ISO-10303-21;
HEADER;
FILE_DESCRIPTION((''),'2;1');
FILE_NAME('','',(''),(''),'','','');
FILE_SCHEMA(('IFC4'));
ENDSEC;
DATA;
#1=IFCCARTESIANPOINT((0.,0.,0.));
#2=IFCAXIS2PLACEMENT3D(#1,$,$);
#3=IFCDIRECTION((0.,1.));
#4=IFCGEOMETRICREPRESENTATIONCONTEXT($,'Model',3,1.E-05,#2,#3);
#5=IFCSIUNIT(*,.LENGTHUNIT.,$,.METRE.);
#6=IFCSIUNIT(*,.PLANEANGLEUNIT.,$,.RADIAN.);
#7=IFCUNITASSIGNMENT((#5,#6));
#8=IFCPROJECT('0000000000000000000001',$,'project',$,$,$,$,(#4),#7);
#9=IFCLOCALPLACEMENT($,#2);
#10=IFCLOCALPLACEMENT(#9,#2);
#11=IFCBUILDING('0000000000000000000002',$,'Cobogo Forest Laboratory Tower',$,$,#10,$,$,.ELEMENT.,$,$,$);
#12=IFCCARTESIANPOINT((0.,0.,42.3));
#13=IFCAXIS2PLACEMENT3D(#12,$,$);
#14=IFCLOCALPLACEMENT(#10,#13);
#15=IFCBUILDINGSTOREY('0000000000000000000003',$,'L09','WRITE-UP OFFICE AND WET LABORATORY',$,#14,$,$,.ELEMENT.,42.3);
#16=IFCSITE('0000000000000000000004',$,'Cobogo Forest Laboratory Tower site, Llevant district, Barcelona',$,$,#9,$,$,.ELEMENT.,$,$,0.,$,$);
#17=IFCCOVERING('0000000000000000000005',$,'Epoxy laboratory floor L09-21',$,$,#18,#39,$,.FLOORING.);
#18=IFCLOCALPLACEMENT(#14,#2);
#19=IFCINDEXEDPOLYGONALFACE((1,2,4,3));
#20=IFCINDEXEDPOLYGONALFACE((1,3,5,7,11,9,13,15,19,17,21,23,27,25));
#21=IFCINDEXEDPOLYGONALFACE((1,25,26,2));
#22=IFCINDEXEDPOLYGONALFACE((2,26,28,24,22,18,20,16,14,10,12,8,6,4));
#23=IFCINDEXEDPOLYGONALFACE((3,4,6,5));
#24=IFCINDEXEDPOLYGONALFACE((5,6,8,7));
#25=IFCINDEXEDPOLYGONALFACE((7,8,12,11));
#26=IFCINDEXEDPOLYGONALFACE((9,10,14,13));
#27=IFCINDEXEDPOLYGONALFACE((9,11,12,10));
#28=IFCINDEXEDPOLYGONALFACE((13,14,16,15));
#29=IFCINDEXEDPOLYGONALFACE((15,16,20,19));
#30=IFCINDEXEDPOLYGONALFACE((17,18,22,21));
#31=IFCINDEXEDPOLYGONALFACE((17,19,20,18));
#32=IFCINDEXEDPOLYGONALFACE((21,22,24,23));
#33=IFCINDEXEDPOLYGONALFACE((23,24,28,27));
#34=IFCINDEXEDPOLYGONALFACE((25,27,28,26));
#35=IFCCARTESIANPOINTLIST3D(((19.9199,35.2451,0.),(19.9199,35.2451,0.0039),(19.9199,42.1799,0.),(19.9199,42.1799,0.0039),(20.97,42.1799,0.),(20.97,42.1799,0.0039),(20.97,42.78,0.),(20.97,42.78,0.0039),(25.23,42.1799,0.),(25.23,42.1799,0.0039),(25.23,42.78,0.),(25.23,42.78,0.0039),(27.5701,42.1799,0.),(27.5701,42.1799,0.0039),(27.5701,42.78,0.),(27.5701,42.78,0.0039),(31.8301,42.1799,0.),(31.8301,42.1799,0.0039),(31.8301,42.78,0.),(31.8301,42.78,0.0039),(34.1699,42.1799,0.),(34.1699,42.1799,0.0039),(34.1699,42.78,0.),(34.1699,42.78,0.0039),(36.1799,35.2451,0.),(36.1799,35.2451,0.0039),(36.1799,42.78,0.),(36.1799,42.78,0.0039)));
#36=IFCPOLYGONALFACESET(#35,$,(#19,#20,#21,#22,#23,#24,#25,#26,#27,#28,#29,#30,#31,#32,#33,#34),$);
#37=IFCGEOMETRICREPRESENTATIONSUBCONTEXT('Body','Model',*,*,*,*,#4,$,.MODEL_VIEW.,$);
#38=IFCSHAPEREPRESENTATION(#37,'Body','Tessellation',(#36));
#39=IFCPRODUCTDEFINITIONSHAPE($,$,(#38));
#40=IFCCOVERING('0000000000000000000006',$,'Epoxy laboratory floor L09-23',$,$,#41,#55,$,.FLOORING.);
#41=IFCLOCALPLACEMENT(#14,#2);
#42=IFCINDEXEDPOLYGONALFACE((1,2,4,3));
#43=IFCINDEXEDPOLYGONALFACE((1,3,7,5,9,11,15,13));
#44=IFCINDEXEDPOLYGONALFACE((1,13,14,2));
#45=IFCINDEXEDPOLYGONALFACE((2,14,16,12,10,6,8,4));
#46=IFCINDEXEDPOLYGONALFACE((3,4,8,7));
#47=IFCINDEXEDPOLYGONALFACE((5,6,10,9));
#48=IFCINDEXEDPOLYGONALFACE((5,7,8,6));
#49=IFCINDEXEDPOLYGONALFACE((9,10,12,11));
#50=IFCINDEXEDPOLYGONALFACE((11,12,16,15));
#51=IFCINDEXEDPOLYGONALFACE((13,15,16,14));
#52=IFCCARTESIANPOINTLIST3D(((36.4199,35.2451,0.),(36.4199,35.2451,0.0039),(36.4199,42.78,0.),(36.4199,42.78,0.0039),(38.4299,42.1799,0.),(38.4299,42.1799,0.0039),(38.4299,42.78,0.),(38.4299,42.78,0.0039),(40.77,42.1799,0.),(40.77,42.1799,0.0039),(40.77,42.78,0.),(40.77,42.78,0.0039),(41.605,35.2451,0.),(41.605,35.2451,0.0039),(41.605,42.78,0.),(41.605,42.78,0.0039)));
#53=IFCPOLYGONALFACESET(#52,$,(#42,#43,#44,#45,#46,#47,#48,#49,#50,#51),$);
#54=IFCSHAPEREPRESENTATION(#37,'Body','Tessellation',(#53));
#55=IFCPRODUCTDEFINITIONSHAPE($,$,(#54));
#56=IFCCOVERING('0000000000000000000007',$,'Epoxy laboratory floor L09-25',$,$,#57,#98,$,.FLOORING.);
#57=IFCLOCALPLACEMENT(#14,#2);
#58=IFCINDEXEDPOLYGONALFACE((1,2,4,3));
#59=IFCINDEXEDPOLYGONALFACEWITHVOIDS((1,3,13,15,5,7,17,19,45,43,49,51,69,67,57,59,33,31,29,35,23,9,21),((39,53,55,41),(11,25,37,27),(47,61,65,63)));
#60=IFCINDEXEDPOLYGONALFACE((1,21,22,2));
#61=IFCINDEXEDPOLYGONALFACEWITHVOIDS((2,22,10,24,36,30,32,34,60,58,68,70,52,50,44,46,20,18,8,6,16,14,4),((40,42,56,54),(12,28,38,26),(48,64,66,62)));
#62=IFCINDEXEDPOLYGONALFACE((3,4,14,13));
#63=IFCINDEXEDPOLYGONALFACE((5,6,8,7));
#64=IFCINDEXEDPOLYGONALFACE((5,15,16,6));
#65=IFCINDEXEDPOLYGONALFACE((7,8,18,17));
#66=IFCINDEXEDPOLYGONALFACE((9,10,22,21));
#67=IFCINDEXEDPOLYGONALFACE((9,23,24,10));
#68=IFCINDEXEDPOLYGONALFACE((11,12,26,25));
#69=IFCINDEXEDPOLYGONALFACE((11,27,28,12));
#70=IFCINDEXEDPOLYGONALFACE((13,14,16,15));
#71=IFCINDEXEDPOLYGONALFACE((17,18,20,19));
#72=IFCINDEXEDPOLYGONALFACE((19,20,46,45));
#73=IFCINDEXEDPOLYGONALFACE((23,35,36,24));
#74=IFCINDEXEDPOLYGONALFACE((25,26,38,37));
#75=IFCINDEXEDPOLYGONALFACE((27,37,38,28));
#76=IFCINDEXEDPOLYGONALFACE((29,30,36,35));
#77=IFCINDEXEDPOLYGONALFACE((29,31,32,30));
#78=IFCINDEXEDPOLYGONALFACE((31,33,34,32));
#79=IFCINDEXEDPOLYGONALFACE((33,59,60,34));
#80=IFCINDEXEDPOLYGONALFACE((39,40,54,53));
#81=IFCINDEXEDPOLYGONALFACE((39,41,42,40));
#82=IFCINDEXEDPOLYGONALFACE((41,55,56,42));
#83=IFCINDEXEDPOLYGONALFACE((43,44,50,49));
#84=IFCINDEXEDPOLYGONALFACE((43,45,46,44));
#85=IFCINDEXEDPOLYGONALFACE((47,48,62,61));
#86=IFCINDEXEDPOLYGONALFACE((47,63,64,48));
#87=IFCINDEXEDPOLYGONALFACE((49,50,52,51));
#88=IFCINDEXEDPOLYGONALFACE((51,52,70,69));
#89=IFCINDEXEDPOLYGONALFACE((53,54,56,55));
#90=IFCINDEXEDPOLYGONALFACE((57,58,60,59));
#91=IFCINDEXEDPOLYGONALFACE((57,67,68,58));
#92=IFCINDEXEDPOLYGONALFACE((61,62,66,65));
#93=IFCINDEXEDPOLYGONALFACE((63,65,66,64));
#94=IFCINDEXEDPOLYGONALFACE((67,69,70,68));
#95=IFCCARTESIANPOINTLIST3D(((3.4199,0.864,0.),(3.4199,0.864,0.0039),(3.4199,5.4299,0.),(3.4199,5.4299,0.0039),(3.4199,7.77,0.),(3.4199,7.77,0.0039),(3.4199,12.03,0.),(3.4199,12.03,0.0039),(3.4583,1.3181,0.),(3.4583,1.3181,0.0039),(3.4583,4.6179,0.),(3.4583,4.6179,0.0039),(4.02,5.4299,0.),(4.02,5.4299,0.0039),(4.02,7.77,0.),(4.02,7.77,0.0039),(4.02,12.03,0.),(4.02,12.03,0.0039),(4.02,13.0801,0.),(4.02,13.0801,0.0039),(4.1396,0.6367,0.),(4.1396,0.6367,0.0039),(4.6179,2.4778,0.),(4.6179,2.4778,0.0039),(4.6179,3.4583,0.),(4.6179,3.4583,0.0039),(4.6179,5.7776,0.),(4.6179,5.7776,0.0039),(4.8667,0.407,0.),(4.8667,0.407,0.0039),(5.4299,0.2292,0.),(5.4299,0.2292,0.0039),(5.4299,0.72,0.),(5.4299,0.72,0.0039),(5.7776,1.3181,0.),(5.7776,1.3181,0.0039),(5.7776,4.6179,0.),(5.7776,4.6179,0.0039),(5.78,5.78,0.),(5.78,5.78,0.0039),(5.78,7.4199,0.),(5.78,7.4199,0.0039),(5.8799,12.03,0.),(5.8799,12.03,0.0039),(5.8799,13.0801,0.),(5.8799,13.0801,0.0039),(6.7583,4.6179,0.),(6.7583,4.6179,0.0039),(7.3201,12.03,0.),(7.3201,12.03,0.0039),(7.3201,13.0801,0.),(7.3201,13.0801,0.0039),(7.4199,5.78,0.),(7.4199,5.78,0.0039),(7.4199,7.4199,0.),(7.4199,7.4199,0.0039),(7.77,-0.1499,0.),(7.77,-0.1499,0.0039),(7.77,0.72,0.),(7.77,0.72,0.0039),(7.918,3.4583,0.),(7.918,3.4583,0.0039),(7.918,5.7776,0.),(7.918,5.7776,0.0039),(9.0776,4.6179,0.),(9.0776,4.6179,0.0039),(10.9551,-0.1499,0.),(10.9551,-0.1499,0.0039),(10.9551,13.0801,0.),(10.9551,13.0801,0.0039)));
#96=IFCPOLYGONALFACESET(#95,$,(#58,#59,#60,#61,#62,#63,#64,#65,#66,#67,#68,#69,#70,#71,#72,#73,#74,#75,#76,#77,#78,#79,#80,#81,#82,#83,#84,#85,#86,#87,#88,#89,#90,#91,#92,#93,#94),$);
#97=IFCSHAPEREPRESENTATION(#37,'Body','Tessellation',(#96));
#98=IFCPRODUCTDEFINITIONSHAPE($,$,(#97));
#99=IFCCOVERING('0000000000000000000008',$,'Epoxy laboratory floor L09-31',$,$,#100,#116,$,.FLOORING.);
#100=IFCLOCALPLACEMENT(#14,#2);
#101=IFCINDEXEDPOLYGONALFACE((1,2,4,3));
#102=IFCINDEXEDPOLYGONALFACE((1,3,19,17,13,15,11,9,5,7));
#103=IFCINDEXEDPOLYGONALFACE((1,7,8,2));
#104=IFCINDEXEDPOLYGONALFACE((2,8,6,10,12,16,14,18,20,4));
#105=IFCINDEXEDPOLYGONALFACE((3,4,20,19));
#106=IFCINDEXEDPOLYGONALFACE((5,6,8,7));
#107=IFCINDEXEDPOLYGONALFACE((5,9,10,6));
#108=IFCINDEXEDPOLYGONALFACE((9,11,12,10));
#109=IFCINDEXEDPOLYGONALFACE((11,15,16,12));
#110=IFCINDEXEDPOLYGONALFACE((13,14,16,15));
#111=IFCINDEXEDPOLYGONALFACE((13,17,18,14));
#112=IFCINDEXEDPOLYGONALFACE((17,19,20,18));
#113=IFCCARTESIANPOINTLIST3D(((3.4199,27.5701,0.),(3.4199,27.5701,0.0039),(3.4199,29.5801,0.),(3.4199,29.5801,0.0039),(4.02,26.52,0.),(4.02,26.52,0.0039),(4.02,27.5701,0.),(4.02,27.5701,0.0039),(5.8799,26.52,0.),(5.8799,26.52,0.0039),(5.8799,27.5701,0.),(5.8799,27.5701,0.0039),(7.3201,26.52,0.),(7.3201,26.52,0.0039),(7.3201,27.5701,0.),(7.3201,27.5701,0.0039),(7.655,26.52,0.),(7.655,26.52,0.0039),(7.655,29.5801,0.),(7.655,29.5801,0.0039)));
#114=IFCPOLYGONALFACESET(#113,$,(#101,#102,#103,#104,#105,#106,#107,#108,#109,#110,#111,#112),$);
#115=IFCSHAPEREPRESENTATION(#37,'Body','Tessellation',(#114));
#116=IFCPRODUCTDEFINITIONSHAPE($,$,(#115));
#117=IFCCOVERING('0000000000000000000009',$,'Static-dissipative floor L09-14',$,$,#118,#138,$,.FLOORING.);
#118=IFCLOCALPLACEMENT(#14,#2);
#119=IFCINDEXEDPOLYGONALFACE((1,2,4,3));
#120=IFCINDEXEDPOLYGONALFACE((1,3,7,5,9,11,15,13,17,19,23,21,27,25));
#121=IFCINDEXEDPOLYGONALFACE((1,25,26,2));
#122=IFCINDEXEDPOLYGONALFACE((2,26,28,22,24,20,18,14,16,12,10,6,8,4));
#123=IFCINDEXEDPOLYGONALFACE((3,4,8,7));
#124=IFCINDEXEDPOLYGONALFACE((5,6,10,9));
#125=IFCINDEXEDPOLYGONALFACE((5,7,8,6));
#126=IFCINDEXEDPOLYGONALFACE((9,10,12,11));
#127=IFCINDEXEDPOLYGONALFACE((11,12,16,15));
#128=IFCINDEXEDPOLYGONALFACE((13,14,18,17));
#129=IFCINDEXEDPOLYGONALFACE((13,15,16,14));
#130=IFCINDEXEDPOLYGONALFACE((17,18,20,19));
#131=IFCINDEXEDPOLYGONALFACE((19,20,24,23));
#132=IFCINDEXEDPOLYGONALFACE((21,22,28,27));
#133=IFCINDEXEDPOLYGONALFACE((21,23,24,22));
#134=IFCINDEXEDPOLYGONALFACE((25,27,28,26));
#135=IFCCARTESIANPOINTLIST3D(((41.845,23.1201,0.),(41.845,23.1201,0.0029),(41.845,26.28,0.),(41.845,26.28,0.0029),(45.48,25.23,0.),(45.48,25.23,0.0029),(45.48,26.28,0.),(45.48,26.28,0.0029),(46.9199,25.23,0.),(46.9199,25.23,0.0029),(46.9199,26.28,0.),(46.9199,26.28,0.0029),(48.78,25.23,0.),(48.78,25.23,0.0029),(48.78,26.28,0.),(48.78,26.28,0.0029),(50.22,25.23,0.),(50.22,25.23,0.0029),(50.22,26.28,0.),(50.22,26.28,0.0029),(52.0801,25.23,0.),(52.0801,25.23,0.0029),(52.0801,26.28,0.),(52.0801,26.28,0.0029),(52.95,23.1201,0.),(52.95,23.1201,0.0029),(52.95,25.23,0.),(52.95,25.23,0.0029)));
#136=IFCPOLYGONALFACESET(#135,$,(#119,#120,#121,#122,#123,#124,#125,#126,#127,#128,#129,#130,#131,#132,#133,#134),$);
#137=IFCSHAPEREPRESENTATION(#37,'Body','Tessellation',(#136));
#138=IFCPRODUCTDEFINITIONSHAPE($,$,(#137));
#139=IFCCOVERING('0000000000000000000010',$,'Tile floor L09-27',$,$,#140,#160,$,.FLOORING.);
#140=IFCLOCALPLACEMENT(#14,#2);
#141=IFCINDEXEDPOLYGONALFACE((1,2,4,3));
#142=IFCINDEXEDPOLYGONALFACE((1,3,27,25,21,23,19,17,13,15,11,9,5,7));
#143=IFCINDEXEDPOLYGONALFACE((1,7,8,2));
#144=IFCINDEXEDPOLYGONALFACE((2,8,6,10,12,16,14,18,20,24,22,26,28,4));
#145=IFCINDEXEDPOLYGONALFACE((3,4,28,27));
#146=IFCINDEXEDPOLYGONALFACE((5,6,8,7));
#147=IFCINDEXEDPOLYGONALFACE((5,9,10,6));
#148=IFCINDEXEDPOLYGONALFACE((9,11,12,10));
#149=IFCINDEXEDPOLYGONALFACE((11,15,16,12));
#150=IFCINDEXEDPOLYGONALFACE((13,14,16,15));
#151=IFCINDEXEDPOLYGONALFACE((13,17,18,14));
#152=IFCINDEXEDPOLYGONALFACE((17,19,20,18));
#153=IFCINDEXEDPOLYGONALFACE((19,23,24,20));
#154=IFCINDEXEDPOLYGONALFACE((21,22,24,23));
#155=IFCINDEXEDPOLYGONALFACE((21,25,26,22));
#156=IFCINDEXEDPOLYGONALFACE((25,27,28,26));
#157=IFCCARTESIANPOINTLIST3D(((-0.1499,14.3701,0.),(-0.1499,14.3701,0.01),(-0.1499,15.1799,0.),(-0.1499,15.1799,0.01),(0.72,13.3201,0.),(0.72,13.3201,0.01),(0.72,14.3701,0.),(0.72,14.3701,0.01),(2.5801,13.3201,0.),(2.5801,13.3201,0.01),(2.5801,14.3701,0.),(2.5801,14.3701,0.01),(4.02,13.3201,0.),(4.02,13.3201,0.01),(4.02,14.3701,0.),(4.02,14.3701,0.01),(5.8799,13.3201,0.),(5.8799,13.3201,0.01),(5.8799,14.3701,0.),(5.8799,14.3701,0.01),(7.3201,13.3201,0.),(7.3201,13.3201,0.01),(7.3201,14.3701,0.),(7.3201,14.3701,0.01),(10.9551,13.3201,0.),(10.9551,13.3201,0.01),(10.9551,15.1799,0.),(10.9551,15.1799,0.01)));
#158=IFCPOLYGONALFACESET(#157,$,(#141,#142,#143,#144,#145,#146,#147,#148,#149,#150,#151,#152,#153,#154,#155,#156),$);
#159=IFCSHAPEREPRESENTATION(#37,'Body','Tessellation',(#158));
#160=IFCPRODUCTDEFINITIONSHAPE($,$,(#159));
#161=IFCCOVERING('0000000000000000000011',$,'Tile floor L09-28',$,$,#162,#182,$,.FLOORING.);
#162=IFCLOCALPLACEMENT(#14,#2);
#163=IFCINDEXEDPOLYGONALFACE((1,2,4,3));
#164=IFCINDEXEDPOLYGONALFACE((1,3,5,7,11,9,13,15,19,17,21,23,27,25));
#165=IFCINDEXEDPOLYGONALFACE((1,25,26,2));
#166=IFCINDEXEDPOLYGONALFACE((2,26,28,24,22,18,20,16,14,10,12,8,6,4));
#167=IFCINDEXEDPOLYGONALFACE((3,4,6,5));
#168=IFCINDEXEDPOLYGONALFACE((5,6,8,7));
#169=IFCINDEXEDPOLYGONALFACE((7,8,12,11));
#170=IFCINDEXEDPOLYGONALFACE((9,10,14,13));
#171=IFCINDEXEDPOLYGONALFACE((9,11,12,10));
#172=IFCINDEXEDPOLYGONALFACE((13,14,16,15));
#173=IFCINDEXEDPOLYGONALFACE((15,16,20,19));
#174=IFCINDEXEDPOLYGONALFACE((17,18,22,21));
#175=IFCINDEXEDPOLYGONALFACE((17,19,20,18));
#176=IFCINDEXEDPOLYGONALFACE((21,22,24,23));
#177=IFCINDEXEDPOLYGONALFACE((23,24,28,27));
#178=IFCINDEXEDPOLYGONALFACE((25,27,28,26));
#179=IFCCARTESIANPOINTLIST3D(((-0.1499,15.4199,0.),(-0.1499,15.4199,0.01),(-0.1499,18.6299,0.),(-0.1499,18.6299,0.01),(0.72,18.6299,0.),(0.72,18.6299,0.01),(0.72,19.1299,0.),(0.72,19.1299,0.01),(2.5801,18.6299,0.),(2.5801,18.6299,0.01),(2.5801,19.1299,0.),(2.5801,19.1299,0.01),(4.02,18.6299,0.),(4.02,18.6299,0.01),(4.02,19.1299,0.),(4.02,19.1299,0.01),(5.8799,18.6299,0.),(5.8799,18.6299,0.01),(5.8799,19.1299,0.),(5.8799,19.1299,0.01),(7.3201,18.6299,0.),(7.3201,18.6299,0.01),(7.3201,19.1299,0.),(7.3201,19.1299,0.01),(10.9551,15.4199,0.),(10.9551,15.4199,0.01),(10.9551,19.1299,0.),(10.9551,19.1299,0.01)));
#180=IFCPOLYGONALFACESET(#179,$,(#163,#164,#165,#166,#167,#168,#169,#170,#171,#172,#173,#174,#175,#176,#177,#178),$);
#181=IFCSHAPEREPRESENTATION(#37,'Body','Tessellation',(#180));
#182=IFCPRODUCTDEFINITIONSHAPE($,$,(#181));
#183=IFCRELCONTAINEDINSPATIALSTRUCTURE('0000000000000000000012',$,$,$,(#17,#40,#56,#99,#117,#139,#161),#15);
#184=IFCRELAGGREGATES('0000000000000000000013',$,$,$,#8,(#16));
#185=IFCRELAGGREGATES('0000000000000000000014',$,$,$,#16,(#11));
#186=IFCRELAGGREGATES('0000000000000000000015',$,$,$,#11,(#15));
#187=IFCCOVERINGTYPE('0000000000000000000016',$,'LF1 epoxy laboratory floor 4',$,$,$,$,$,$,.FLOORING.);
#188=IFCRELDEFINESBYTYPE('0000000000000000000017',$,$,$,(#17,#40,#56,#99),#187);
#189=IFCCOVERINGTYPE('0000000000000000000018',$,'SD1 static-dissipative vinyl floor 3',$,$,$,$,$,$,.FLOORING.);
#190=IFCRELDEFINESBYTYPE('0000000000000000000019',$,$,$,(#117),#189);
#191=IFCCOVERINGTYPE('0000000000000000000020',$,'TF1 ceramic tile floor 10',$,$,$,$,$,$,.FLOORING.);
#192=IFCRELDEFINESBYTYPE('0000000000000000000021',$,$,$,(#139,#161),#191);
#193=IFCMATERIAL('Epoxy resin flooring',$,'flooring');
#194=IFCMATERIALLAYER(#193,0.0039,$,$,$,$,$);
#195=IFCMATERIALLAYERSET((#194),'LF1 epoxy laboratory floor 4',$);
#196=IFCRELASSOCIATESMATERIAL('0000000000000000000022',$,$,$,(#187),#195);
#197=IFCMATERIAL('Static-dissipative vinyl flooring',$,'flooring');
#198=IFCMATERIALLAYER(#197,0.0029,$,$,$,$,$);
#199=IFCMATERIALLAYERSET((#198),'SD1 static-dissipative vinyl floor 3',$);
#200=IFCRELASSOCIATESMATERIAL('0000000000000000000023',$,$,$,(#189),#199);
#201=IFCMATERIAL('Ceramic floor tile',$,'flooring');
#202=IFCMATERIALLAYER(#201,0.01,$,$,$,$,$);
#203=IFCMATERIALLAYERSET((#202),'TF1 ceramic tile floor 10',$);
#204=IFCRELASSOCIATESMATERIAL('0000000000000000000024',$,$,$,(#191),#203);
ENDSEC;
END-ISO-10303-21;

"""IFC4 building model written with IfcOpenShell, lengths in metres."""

from ifc_helpers import new_model, si_unit, direction, frame, origin, place, context, subcontext, project, spatial, polyline, outline, extrude, material, layer, layer_set, type_object, element, save


model = new_model("IFC4")

# Units and contexts
model_context = context("Model", 3, precision=1e-05, world=origin(), true_north=direction((0.0, 1.0)))
body_context = subcontext(model_context, "Body", "Model", "MODEL_VIEW")
ifc_project = project(units=[si_unit("LENGTHUNIT", "METRE"), si_unit("PLANEANGLEUNIT", "RADIAN")], contexts=[model_context])

# Site, building, storey
site_placement = place(None, origin())
site = spatial("IfcSite", under=ifc_project, at=site_placement, Name="Cobogo Forest Laboratory Tower site, Llevant district, Barcelona", CompositionType="ELEMENT", RefElevation=0.0)
building_placement = place(site_placement, origin())
building = spatial("IfcBuilding", under=site, at=building_placement, Name="Cobogo Forest Laboratory Tower", CompositionType="ELEMENT")
storey_placement = place(building_placement, frame((0.0, 0.0, 42.3)))
storey = spatial("IfcBuildingStorey", under=building, at=storey_placement, Name="L09", Description="WRITE-UP OFFICE AND WET LABORATORY", CompositionType="ELEMENT", Elevation=42.3)

# Coverings
ifc_material_1 = material(Name="Epoxy resin flooring", Category="flooring")
ifc_layer_1 = layer(ifc_material_1, 0.0039)
ifc_layer_set_1 = layer_set([ifc_layer_1], Name="LF1 epoxy laboratory floor 4")
covering_type_1 = type_object("IfcCoveringType", Name="LF1 epoxy laboratory floor 4", PredefinedType="FLOORING", material=ifc_layer_set_1)
covering_1_placement = place(storey_placement, origin())
element("IfcCovering", 1, at=covering_1_placement, inside=storey, type_object=covering_type_1, Name="Epoxy laboratory floor L09-21", PredefinedType="FLOORING", context=body_context, shape_type="SweptSolid", body=[
    extrude(outline(polyline([(19.9199, 42.1799), (20.97, 42.1799), (20.97, 42.78), (25.23, 42.78), (25.23, 42.1799), (27.5701, 42.1799), (27.5701, 42.78), (31.8301, 42.78), (31.8301, 42.1799), (34.1699, 42.1799), (34.1699, 42.78), (36.1799, 42.78), (36.1799, 35.2451), (19.9199, 35.2451), (19.9199, 42.1799)])), origin(), (0.0, 0.0, 1.0), 0.0039),
])
covering_2_placement = place(storey_placement, origin())
element("IfcCovering", 2, at=covering_2_placement, inside=storey, type_object=covering_type_1, Name="Epoxy laboratory floor L09-23", PredefinedType="FLOORING", context=body_context, shape_type="SweptSolid", body=[
    extrude(outline(polyline([(36.4199, 42.78), (38.4299, 42.78), (38.4299, 42.1799), (40.77, 42.1799), (40.77, 42.78), (41.605, 42.78), (41.605, 35.2451), (36.4199, 35.2451), (36.4199, 42.78)])), origin(), (0.0, 0.0, 1.0), 0.0039),
])
covering_3_placement = place(storey_placement, origin())
element("IfcCovering", 3, at=covering_3_placement, inside=storey, type_object=covering_type_1, Name="Epoxy laboratory floor L09-25", PredefinedType="FLOORING", context=body_context, shape_type="SweptSolid", body=[
    extrude(outline(polyline([(5.8799, 13.0801), (5.8799, 12.03), (7.3201, 12.03), (7.3201, 13.0801), (10.9551, 13.0801), (10.9551, -0.1499), (7.77, -0.1499), (7.77, 0.72), (5.4299, 0.72), (5.4299, 0.2292), (4.8667, 0.407), (5.7776, 1.3181), (4.6179, 2.4778), (3.4583, 1.3181), (4.1396, 0.6367), (3.4199, 0.864), (3.4199, 5.4299), (4.02, 5.4299), (4.02, 7.77), (3.4199, 7.77), (3.4199, 12.03), (4.02, 12.03), (4.02, 13.0801), (5.8799, 13.0801)]), holes=[polyline([(7.918, 5.7776), (6.7583, 4.6179), (7.918, 3.4583), (9.0776, 4.6179), (7.918, 5.7776)]), polyline([(5.78, 7.4199), (5.78, 5.78), (7.4199, 5.78), (7.4199, 7.4199), (5.78, 7.4199)]), polyline([(3.4583, 4.6179), (4.6179, 3.4583), (5.7776, 4.6179), (4.6179, 5.7776), (3.4583, 4.6179)])]), origin(), (0.0, 0.0, 1.0), 0.0039),
])
covering_4_placement = place(storey_placement, origin())
element("IfcCovering", 4, at=covering_4_placement, inside=storey, type_object=covering_type_1, Name="Epoxy laboratory floor L09-31", PredefinedType="FLOORING", context=body_context, shape_type="SweptSolid", body=[
    extrude(outline(polyline([(3.4199, 29.5801), (7.655, 29.5801), (7.655, 26.52), (7.3201, 26.52), (7.3201, 27.5701), (5.8799, 27.5701), (5.8799, 26.52), (4.02, 26.52), (4.02, 27.5701), (3.4199, 27.5701), (3.4199, 29.5801)])), origin(), (0.0, 0.0, 1.0), 0.0039),
])
ifc_material_2 = material(Name="Static-dissipative vinyl flooring", Category="flooring")
ifc_layer_2 = layer(ifc_material_2, 0.0029)
ifc_layer_set_2 = layer_set([ifc_layer_2], Name="SD1 static-dissipative vinyl floor 3")
covering_type_2 = type_object("IfcCoveringType", Name="SD1 static-dissipative vinyl floor 3", PredefinedType="FLOORING", material=ifc_layer_set_2)
covering_5_placement = place(storey_placement, origin())
element("IfcCovering", 5, at=covering_5_placement, inside=storey, type_object=covering_type_2, Name="Static-dissipative floor L09-14", PredefinedType="FLOORING", context=body_context, shape_type="SweptSolid", body=[
    extrude(outline(polyline([(41.845, 26.28), (45.48, 26.28), (45.48, 25.23), (46.9199, 25.23), (46.9199, 26.28), (48.78, 26.28), (48.78, 25.23), (50.22, 25.23), (50.22, 26.28), (52.0801, 26.28), (52.0801, 25.23), (52.95, 25.23), (52.95, 23.1201), (41.845, 23.1201), (41.845, 26.28)])), origin(), (0.0, 0.0, 1.0), 0.0029),
])
ifc_material_3 = material(Name="Ceramic floor tile", Category="flooring")
ifc_layer_3 = layer(ifc_material_3, 0.01)
ifc_layer_set_3 = layer_set([ifc_layer_3], Name="TF1 ceramic tile floor 10")
covering_type_3 = type_object("IfcCoveringType", Name="TF1 ceramic tile floor 10", PredefinedType="FLOORING", material=ifc_layer_set_3)
covering_6_placement = place(storey_placement, origin())
element("IfcCovering", 6, at=covering_6_placement, inside=storey, type_object=covering_type_3, Name="Tile floor L09-27", PredefinedType="FLOORING", context=body_context, shape_type="SweptSolid", body=[
    extrude(outline(polyline([(10.9551, 13.3201), (7.3201, 13.3201), (7.3201, 14.3701), (5.8799, 14.3701), (5.8799, 13.3201), (4.02, 13.3201), (4.02, 14.3701), (2.5801, 14.3701), (2.5801, 13.3201), (0.72, 13.3201), (0.72, 14.3701), (-0.1499, 14.3701), (-0.1499, 15.1799), (10.9551, 15.1799), (10.9551, 13.3201)])), origin(), (0.0, 0.0, 1.0), 0.01),
])
covering_7_placement = place(storey_placement, origin())
element("IfcCovering", 7, at=covering_7_placement, inside=storey, type_object=covering_type_3, Name="Tile floor L09-28", PredefinedType="FLOORING", context=body_context, shape_type="SweptSolid", body=[
    extrude(outline(polyline([(10.9551, 15.4199), (-0.1499, 15.4199), (-0.1499, 18.6299), (0.72, 18.6299), (0.72, 19.1299), (2.5801, 19.1299), (2.5801, 18.6299), (4.02, 18.6299), (4.02, 19.1299), (5.8799, 19.1299), (5.8799, 18.6299), (7.3201, 18.6299), (7.3201, 19.1299), (10.9551, 19.1299), (10.9551, 15.4199)])), origin(), (0.0, 0.0, 1.0), 0.01),
])

save(model, "model.ifc")
